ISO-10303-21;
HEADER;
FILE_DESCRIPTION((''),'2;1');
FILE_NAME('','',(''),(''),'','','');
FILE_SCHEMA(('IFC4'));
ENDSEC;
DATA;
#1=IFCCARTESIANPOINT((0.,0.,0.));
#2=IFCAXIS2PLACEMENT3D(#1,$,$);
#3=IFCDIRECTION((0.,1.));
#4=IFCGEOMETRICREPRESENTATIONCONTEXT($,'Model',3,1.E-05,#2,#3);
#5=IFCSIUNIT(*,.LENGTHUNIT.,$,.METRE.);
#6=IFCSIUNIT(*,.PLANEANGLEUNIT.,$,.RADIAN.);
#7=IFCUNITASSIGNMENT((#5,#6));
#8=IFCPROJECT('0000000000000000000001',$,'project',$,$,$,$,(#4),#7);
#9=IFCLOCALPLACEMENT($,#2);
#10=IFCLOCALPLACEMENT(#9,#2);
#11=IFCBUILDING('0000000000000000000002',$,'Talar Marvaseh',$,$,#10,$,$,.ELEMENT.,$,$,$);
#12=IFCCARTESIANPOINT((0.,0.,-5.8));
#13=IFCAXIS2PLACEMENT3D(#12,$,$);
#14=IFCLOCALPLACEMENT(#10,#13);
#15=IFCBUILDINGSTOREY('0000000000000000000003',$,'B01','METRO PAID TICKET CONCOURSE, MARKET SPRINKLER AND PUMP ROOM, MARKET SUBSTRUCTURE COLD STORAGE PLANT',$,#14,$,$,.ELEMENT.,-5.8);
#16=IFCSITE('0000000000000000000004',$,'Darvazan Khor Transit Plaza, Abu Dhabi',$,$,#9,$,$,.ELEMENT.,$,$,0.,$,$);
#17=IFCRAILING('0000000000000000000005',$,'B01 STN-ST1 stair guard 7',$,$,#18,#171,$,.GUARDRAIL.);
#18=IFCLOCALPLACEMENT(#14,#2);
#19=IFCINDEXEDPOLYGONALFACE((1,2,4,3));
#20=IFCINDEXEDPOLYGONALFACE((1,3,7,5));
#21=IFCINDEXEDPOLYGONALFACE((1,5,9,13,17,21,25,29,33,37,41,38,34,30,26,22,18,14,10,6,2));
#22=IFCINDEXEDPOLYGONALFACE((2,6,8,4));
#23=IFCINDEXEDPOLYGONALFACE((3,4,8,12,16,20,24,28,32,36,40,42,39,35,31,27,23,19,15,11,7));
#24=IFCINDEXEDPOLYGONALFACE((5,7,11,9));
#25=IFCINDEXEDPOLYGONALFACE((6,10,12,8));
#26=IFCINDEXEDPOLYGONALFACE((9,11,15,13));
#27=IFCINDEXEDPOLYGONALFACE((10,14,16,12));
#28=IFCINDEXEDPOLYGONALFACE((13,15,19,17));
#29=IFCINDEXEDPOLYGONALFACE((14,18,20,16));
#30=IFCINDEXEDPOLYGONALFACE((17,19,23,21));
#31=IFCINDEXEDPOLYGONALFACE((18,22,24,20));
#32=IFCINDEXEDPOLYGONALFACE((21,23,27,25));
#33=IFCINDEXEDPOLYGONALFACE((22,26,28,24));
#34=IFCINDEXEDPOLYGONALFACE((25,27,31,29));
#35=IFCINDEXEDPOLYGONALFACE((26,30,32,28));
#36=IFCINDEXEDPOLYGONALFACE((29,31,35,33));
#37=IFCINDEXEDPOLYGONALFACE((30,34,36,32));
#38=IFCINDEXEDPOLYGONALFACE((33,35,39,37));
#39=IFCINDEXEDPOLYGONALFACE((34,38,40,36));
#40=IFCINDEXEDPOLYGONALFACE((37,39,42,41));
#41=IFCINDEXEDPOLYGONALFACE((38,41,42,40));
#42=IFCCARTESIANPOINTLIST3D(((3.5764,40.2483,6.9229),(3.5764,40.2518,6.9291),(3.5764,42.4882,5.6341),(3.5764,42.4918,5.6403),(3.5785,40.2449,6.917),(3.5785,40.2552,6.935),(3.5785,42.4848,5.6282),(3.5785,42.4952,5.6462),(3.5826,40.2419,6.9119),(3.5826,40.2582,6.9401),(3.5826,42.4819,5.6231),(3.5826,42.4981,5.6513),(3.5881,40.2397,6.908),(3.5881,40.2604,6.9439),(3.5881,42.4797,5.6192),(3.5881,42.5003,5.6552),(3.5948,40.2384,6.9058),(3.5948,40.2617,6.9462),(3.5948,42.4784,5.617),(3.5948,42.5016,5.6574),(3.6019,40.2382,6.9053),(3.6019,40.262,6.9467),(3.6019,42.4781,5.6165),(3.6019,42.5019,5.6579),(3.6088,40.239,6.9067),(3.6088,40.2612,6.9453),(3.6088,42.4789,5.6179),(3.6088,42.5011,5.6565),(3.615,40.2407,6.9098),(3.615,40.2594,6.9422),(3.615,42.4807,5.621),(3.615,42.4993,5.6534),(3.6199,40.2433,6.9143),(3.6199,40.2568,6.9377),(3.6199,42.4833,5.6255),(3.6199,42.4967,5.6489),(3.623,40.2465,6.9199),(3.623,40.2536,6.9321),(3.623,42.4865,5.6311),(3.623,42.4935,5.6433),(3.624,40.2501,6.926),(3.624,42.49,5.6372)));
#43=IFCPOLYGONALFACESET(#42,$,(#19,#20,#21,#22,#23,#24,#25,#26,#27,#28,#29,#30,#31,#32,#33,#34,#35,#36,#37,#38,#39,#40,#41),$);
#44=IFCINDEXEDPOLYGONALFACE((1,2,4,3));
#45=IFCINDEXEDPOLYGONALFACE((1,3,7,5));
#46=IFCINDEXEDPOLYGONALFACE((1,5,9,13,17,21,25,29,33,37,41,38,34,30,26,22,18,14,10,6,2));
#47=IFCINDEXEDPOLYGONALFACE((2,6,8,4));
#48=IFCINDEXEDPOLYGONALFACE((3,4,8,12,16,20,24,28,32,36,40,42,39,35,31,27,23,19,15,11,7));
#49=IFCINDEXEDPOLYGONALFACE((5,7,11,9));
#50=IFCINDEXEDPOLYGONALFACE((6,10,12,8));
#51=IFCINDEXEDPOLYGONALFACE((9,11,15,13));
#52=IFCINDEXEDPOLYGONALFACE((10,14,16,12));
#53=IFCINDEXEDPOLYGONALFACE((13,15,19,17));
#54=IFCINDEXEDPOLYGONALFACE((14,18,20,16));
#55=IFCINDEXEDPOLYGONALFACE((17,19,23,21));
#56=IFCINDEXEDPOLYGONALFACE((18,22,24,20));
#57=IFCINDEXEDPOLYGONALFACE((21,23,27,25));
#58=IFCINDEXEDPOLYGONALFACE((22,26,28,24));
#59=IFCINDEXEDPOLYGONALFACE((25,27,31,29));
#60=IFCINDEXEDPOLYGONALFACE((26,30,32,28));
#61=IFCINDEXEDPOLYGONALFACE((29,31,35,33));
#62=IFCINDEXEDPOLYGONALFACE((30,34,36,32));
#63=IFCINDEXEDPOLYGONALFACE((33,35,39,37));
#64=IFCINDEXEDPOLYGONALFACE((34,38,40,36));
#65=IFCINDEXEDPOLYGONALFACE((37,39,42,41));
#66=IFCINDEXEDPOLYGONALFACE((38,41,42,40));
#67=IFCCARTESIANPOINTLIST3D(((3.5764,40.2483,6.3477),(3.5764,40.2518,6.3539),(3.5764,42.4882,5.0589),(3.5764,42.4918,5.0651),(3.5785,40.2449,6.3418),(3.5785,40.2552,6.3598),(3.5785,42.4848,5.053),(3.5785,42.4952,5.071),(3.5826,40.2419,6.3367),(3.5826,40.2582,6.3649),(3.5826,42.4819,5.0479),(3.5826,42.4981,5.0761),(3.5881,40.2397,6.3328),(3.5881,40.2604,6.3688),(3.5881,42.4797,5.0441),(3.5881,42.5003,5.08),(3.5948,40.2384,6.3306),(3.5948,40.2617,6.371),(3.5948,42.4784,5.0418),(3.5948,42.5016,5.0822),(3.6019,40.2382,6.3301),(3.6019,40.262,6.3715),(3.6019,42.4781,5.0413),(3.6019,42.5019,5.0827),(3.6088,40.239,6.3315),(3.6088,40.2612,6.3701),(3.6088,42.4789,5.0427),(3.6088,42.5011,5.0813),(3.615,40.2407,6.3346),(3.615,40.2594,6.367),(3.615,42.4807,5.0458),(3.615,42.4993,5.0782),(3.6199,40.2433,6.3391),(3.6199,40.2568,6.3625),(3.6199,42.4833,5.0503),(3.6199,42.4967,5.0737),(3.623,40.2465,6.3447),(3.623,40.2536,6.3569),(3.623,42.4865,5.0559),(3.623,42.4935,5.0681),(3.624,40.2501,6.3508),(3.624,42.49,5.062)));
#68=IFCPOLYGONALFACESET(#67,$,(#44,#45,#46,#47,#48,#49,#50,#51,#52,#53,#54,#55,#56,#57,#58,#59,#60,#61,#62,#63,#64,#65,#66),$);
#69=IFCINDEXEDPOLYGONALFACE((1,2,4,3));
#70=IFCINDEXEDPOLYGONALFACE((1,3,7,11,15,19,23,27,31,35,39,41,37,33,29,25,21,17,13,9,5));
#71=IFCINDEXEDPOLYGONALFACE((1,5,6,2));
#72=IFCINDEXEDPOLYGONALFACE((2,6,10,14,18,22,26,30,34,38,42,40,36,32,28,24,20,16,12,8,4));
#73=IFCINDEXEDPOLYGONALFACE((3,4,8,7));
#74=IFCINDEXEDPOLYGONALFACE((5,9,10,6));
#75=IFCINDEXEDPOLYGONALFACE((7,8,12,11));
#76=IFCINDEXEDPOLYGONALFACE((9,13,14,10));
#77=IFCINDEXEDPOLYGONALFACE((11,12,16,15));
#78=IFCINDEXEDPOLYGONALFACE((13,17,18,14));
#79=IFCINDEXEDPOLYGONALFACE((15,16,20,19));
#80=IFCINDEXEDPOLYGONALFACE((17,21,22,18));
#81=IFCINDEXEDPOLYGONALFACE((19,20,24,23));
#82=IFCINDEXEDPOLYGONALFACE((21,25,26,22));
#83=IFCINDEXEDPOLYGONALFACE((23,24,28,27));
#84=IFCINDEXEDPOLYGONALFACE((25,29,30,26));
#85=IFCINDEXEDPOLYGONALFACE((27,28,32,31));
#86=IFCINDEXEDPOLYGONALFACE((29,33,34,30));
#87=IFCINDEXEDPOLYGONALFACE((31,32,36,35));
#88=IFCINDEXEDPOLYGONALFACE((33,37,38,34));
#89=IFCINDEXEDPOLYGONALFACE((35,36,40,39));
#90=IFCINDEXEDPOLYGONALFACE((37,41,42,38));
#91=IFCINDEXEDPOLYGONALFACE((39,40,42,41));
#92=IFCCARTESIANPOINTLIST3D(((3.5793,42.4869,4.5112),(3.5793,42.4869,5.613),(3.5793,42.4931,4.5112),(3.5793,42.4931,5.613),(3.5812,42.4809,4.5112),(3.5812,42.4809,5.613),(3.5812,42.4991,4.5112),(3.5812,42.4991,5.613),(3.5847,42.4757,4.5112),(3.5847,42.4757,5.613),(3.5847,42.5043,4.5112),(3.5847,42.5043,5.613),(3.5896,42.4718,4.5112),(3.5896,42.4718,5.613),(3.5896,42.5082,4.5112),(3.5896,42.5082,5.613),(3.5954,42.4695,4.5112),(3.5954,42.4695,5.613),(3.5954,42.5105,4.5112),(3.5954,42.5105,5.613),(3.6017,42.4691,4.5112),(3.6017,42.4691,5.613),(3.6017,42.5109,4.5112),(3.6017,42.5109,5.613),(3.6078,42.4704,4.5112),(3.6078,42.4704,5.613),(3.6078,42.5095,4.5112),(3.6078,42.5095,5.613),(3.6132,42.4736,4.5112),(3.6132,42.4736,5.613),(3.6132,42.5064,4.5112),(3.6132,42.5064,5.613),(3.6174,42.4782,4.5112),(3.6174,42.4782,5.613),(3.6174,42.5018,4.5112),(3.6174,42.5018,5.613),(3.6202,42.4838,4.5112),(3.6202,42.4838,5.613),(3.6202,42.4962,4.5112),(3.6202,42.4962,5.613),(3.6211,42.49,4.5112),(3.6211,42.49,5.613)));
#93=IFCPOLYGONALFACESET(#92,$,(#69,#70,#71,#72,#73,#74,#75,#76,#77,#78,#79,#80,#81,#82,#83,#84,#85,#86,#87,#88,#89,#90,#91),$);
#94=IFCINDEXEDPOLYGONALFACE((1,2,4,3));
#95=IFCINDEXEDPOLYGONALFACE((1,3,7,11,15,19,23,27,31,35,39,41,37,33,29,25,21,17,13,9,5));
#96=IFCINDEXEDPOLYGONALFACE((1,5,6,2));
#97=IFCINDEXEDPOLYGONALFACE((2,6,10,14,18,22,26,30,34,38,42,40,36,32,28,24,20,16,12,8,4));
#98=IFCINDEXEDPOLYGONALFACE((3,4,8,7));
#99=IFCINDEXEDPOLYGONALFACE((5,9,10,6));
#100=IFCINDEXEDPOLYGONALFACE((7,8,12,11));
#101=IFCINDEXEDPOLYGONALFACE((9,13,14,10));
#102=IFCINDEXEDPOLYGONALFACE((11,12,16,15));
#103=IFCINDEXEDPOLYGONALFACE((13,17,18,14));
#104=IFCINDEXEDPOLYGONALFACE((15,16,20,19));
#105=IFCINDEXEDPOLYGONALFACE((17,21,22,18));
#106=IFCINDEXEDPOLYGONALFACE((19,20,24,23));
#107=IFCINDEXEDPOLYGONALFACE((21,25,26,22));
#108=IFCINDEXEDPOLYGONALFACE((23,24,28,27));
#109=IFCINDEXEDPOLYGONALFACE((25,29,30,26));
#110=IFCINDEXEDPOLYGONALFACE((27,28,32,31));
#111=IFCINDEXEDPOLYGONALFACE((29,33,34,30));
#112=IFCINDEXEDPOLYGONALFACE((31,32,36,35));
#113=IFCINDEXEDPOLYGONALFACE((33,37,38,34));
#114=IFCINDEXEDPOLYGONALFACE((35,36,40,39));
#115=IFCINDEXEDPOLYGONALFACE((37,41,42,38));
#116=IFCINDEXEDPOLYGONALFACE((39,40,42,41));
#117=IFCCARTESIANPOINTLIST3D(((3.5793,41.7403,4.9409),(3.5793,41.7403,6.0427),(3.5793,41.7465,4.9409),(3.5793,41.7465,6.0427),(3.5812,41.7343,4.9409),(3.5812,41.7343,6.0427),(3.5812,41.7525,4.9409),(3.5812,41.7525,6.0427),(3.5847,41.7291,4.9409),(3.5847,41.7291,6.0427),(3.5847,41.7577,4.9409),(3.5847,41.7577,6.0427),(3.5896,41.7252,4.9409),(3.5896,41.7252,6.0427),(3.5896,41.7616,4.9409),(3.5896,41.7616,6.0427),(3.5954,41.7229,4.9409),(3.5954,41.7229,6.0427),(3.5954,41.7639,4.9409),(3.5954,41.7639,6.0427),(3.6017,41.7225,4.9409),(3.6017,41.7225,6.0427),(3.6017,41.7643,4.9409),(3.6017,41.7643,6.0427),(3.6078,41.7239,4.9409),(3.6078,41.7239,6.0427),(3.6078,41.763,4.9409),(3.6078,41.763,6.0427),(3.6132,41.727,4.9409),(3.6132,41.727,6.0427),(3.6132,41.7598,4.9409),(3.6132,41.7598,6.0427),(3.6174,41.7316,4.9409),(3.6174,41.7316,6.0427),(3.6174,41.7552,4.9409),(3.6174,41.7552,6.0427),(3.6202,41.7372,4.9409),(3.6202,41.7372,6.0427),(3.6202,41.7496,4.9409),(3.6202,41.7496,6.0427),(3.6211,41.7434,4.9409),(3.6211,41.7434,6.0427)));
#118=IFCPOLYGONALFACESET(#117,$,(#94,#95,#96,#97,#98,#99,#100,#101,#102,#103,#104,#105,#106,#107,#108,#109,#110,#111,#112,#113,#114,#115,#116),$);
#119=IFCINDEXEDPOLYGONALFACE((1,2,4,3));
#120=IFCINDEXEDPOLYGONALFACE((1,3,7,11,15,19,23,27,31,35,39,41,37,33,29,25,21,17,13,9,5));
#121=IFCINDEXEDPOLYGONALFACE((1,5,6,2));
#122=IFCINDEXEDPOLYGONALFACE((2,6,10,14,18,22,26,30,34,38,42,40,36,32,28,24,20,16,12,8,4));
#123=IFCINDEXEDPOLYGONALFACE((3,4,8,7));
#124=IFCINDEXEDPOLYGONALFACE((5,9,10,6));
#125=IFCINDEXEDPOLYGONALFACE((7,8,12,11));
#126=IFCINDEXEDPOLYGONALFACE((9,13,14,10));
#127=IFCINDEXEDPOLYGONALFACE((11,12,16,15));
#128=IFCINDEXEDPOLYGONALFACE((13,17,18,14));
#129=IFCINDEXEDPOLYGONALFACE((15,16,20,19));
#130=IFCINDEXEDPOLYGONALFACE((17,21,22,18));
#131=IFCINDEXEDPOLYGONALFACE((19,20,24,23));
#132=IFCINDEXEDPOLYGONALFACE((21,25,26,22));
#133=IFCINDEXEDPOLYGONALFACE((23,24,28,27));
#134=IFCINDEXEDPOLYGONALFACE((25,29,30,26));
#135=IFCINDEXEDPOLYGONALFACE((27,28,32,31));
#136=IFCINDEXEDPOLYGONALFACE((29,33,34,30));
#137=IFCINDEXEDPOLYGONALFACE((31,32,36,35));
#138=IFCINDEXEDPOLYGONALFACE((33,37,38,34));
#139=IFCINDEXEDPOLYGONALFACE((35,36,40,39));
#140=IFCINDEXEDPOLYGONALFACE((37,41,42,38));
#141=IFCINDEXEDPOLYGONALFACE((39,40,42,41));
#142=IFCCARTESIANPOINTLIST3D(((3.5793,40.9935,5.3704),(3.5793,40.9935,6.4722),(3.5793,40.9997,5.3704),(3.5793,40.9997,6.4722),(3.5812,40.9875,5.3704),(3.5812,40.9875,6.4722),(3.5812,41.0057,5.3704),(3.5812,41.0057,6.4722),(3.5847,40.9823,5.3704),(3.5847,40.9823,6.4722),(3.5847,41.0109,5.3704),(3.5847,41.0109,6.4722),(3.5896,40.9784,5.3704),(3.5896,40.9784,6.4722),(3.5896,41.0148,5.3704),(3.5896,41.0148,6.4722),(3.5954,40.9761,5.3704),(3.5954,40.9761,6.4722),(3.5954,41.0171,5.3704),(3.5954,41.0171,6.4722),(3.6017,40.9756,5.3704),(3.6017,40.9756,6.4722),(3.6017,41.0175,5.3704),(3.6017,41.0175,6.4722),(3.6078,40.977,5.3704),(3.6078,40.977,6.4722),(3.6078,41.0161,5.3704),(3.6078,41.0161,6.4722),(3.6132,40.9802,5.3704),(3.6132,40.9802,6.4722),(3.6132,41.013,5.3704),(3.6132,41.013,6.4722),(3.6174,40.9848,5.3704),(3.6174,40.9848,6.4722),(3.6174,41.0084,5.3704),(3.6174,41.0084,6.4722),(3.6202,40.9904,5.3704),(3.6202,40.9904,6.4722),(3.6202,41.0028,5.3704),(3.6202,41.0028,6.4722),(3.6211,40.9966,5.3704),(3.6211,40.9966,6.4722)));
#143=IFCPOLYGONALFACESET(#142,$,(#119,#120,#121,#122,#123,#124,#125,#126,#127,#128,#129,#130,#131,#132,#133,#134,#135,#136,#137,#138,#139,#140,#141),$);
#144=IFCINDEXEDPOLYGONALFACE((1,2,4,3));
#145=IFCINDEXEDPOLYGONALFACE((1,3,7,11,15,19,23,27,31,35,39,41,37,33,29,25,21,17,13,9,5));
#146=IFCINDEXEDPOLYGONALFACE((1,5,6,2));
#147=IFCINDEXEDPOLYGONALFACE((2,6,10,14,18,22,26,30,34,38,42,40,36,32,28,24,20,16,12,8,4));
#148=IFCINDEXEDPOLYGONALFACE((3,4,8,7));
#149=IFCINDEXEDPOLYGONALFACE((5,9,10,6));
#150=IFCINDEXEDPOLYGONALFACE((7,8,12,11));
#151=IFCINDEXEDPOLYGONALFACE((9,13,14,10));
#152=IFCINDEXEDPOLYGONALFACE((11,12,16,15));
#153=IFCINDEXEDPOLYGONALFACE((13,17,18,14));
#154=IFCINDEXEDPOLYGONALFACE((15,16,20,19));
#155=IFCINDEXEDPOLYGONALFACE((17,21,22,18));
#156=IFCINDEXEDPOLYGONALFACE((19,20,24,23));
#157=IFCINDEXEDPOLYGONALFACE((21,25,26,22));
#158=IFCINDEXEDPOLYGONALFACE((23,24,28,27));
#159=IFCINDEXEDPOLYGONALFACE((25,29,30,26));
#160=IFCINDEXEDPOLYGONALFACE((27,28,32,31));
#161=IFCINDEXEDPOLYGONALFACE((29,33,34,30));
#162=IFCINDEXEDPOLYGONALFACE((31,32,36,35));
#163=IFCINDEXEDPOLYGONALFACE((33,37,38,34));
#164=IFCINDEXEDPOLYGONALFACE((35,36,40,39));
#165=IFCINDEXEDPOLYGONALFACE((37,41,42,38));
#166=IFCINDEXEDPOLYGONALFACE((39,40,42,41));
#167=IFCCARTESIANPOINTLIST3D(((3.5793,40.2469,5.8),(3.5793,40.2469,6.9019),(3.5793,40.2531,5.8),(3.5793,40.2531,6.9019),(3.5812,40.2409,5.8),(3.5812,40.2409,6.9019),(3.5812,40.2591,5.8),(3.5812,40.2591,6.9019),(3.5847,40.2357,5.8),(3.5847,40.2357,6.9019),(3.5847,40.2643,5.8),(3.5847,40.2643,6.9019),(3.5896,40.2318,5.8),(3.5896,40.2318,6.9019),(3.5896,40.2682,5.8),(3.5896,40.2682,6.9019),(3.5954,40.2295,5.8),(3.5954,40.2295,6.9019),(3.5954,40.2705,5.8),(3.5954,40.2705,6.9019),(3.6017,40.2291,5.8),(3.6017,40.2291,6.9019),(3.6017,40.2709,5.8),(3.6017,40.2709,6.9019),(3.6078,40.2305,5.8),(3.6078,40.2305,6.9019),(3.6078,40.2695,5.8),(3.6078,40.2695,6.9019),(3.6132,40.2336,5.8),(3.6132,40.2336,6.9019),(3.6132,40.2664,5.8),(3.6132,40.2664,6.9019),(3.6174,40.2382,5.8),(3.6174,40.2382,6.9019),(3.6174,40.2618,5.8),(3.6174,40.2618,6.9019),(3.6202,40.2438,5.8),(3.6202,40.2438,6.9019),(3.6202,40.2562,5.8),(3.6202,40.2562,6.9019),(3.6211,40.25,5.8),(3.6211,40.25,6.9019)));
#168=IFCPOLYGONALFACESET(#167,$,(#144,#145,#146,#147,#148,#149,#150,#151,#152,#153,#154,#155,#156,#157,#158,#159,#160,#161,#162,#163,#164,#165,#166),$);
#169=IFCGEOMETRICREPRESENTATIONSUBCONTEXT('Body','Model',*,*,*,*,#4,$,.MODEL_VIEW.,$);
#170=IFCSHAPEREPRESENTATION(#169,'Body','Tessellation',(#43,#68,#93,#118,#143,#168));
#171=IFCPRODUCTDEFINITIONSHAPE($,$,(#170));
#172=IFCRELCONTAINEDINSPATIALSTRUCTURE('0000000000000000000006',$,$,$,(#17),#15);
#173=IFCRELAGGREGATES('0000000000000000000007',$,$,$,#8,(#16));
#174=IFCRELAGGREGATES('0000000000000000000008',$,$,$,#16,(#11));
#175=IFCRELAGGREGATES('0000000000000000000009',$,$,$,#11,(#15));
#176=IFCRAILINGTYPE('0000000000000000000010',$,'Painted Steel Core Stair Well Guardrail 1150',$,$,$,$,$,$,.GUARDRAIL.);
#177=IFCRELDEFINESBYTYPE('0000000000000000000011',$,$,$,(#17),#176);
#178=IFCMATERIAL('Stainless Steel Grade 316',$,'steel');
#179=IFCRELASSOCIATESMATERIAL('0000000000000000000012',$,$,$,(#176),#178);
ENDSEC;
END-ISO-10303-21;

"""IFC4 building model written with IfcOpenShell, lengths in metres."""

from ifc_helpers import new_model, si_unit, direction, frame, origin, origin_2d, place, context, subcontext, project, spatial, circle, extrude, material, type_object, element, save


model = new_model("IFC4")

# Units and contexts
model_context = context("Model", 3, precision=1e-05, world=origin(), true_north=direction((0.0, 1.0)))
body_context = subcontext(model_context, "Body", "Model", "MODEL_VIEW")
ifc_project = project(units=[si_unit("LENGTHUNIT", "METRE"), si_unit("PLANEANGLEUNIT", "RADIAN")], contexts=[model_context])

# Site, building, storey
site_placement = place(None, origin())
site = spatial("IfcSite", under=ifc_project, at=site_placement, Name="Darvazan Khor Transit Plaza, Abu Dhabi", CompositionType="ELEMENT", RefElevation=0.0)
building_placement = place(site_placement, origin())
building = spatial("IfcBuilding", under=site, at=building_placement, Name="Talar Marvaseh", CompositionType="ELEMENT")
storey_placement = place(building_placement, frame((0.0, 0.0, -5.8)))
storey = spatial("IfcBuildingStorey", under=building, at=storey_placement, Name="B01", Description="METRO PAID TICKET CONCOURSE, MARKET SPRINKLER AND PUMP ROOM, MARKET SUBSTRUCTURE COLD STORAGE PLANT", CompositionType="ELEMENT", Elevation=-5.8)

# Railing
ifc_material_1 = material(Name="Stainless Steel Grade 316", Category="steel")
railing_type_1 = type_object("IfcRailingType", Name="Painted Steel Core Stair Well Guardrail 1150", PredefinedType="GUARDRAIL", material=ifc_material_1)
railing_1_placement = place(storey_placement, frame((3.6001, 42.49, 4.5112)))
element("IfcRailing", 1, at=railing_1_placement, inside=storey, type_object=railing_type_1, Name="B01 STN-ST1 stair guard 7", PredefinedType="GUARDRAIL", context=body_context, shape_type="SweptSolid", body=[
    extrude(circle(Radius=0.0239, at=origin_2d()), frame((0.0, 0.0, 1.126), z_axis=(0.0, -0.866768, 0.498711), x_axis=(1.0, 0.0, 0.0)), (0.0, 0.0, 1.0), 2.5842),
    extrude(circle(Radius=0.0239, at=origin_2d()), frame((0.0, 0.0, 0.5508), z_axis=(0.0, -0.866768, 0.498711), x_axis=(1.0, 0.0, 0.0)), (0.0, 0.0, 1.0), 2.5842),
    extrude(circle(Radius=0.021, at=origin_2d()), origin(), (0.0, 0.0, 1.0), 1.1018),
    extrude(circle(Radius=0.021, at=origin_2d()), frame((0.0, -0.7466, 0.4297)), (0.0, 0.0, 1.0), 1.1018),
    extrude(circle(Radius=0.021, at=origin_2d()), frame((0.0, -1.4934, 0.8591)), (0.0, 0.0, 1.0), 1.1018),
    extrude(circle(Radius=0.021, at=origin_2d()), frame((0.0, -2.24, 1.2888)), (0.0, 0.0, 1.0), 1.1018),
])

save(model, "model.ifc")
